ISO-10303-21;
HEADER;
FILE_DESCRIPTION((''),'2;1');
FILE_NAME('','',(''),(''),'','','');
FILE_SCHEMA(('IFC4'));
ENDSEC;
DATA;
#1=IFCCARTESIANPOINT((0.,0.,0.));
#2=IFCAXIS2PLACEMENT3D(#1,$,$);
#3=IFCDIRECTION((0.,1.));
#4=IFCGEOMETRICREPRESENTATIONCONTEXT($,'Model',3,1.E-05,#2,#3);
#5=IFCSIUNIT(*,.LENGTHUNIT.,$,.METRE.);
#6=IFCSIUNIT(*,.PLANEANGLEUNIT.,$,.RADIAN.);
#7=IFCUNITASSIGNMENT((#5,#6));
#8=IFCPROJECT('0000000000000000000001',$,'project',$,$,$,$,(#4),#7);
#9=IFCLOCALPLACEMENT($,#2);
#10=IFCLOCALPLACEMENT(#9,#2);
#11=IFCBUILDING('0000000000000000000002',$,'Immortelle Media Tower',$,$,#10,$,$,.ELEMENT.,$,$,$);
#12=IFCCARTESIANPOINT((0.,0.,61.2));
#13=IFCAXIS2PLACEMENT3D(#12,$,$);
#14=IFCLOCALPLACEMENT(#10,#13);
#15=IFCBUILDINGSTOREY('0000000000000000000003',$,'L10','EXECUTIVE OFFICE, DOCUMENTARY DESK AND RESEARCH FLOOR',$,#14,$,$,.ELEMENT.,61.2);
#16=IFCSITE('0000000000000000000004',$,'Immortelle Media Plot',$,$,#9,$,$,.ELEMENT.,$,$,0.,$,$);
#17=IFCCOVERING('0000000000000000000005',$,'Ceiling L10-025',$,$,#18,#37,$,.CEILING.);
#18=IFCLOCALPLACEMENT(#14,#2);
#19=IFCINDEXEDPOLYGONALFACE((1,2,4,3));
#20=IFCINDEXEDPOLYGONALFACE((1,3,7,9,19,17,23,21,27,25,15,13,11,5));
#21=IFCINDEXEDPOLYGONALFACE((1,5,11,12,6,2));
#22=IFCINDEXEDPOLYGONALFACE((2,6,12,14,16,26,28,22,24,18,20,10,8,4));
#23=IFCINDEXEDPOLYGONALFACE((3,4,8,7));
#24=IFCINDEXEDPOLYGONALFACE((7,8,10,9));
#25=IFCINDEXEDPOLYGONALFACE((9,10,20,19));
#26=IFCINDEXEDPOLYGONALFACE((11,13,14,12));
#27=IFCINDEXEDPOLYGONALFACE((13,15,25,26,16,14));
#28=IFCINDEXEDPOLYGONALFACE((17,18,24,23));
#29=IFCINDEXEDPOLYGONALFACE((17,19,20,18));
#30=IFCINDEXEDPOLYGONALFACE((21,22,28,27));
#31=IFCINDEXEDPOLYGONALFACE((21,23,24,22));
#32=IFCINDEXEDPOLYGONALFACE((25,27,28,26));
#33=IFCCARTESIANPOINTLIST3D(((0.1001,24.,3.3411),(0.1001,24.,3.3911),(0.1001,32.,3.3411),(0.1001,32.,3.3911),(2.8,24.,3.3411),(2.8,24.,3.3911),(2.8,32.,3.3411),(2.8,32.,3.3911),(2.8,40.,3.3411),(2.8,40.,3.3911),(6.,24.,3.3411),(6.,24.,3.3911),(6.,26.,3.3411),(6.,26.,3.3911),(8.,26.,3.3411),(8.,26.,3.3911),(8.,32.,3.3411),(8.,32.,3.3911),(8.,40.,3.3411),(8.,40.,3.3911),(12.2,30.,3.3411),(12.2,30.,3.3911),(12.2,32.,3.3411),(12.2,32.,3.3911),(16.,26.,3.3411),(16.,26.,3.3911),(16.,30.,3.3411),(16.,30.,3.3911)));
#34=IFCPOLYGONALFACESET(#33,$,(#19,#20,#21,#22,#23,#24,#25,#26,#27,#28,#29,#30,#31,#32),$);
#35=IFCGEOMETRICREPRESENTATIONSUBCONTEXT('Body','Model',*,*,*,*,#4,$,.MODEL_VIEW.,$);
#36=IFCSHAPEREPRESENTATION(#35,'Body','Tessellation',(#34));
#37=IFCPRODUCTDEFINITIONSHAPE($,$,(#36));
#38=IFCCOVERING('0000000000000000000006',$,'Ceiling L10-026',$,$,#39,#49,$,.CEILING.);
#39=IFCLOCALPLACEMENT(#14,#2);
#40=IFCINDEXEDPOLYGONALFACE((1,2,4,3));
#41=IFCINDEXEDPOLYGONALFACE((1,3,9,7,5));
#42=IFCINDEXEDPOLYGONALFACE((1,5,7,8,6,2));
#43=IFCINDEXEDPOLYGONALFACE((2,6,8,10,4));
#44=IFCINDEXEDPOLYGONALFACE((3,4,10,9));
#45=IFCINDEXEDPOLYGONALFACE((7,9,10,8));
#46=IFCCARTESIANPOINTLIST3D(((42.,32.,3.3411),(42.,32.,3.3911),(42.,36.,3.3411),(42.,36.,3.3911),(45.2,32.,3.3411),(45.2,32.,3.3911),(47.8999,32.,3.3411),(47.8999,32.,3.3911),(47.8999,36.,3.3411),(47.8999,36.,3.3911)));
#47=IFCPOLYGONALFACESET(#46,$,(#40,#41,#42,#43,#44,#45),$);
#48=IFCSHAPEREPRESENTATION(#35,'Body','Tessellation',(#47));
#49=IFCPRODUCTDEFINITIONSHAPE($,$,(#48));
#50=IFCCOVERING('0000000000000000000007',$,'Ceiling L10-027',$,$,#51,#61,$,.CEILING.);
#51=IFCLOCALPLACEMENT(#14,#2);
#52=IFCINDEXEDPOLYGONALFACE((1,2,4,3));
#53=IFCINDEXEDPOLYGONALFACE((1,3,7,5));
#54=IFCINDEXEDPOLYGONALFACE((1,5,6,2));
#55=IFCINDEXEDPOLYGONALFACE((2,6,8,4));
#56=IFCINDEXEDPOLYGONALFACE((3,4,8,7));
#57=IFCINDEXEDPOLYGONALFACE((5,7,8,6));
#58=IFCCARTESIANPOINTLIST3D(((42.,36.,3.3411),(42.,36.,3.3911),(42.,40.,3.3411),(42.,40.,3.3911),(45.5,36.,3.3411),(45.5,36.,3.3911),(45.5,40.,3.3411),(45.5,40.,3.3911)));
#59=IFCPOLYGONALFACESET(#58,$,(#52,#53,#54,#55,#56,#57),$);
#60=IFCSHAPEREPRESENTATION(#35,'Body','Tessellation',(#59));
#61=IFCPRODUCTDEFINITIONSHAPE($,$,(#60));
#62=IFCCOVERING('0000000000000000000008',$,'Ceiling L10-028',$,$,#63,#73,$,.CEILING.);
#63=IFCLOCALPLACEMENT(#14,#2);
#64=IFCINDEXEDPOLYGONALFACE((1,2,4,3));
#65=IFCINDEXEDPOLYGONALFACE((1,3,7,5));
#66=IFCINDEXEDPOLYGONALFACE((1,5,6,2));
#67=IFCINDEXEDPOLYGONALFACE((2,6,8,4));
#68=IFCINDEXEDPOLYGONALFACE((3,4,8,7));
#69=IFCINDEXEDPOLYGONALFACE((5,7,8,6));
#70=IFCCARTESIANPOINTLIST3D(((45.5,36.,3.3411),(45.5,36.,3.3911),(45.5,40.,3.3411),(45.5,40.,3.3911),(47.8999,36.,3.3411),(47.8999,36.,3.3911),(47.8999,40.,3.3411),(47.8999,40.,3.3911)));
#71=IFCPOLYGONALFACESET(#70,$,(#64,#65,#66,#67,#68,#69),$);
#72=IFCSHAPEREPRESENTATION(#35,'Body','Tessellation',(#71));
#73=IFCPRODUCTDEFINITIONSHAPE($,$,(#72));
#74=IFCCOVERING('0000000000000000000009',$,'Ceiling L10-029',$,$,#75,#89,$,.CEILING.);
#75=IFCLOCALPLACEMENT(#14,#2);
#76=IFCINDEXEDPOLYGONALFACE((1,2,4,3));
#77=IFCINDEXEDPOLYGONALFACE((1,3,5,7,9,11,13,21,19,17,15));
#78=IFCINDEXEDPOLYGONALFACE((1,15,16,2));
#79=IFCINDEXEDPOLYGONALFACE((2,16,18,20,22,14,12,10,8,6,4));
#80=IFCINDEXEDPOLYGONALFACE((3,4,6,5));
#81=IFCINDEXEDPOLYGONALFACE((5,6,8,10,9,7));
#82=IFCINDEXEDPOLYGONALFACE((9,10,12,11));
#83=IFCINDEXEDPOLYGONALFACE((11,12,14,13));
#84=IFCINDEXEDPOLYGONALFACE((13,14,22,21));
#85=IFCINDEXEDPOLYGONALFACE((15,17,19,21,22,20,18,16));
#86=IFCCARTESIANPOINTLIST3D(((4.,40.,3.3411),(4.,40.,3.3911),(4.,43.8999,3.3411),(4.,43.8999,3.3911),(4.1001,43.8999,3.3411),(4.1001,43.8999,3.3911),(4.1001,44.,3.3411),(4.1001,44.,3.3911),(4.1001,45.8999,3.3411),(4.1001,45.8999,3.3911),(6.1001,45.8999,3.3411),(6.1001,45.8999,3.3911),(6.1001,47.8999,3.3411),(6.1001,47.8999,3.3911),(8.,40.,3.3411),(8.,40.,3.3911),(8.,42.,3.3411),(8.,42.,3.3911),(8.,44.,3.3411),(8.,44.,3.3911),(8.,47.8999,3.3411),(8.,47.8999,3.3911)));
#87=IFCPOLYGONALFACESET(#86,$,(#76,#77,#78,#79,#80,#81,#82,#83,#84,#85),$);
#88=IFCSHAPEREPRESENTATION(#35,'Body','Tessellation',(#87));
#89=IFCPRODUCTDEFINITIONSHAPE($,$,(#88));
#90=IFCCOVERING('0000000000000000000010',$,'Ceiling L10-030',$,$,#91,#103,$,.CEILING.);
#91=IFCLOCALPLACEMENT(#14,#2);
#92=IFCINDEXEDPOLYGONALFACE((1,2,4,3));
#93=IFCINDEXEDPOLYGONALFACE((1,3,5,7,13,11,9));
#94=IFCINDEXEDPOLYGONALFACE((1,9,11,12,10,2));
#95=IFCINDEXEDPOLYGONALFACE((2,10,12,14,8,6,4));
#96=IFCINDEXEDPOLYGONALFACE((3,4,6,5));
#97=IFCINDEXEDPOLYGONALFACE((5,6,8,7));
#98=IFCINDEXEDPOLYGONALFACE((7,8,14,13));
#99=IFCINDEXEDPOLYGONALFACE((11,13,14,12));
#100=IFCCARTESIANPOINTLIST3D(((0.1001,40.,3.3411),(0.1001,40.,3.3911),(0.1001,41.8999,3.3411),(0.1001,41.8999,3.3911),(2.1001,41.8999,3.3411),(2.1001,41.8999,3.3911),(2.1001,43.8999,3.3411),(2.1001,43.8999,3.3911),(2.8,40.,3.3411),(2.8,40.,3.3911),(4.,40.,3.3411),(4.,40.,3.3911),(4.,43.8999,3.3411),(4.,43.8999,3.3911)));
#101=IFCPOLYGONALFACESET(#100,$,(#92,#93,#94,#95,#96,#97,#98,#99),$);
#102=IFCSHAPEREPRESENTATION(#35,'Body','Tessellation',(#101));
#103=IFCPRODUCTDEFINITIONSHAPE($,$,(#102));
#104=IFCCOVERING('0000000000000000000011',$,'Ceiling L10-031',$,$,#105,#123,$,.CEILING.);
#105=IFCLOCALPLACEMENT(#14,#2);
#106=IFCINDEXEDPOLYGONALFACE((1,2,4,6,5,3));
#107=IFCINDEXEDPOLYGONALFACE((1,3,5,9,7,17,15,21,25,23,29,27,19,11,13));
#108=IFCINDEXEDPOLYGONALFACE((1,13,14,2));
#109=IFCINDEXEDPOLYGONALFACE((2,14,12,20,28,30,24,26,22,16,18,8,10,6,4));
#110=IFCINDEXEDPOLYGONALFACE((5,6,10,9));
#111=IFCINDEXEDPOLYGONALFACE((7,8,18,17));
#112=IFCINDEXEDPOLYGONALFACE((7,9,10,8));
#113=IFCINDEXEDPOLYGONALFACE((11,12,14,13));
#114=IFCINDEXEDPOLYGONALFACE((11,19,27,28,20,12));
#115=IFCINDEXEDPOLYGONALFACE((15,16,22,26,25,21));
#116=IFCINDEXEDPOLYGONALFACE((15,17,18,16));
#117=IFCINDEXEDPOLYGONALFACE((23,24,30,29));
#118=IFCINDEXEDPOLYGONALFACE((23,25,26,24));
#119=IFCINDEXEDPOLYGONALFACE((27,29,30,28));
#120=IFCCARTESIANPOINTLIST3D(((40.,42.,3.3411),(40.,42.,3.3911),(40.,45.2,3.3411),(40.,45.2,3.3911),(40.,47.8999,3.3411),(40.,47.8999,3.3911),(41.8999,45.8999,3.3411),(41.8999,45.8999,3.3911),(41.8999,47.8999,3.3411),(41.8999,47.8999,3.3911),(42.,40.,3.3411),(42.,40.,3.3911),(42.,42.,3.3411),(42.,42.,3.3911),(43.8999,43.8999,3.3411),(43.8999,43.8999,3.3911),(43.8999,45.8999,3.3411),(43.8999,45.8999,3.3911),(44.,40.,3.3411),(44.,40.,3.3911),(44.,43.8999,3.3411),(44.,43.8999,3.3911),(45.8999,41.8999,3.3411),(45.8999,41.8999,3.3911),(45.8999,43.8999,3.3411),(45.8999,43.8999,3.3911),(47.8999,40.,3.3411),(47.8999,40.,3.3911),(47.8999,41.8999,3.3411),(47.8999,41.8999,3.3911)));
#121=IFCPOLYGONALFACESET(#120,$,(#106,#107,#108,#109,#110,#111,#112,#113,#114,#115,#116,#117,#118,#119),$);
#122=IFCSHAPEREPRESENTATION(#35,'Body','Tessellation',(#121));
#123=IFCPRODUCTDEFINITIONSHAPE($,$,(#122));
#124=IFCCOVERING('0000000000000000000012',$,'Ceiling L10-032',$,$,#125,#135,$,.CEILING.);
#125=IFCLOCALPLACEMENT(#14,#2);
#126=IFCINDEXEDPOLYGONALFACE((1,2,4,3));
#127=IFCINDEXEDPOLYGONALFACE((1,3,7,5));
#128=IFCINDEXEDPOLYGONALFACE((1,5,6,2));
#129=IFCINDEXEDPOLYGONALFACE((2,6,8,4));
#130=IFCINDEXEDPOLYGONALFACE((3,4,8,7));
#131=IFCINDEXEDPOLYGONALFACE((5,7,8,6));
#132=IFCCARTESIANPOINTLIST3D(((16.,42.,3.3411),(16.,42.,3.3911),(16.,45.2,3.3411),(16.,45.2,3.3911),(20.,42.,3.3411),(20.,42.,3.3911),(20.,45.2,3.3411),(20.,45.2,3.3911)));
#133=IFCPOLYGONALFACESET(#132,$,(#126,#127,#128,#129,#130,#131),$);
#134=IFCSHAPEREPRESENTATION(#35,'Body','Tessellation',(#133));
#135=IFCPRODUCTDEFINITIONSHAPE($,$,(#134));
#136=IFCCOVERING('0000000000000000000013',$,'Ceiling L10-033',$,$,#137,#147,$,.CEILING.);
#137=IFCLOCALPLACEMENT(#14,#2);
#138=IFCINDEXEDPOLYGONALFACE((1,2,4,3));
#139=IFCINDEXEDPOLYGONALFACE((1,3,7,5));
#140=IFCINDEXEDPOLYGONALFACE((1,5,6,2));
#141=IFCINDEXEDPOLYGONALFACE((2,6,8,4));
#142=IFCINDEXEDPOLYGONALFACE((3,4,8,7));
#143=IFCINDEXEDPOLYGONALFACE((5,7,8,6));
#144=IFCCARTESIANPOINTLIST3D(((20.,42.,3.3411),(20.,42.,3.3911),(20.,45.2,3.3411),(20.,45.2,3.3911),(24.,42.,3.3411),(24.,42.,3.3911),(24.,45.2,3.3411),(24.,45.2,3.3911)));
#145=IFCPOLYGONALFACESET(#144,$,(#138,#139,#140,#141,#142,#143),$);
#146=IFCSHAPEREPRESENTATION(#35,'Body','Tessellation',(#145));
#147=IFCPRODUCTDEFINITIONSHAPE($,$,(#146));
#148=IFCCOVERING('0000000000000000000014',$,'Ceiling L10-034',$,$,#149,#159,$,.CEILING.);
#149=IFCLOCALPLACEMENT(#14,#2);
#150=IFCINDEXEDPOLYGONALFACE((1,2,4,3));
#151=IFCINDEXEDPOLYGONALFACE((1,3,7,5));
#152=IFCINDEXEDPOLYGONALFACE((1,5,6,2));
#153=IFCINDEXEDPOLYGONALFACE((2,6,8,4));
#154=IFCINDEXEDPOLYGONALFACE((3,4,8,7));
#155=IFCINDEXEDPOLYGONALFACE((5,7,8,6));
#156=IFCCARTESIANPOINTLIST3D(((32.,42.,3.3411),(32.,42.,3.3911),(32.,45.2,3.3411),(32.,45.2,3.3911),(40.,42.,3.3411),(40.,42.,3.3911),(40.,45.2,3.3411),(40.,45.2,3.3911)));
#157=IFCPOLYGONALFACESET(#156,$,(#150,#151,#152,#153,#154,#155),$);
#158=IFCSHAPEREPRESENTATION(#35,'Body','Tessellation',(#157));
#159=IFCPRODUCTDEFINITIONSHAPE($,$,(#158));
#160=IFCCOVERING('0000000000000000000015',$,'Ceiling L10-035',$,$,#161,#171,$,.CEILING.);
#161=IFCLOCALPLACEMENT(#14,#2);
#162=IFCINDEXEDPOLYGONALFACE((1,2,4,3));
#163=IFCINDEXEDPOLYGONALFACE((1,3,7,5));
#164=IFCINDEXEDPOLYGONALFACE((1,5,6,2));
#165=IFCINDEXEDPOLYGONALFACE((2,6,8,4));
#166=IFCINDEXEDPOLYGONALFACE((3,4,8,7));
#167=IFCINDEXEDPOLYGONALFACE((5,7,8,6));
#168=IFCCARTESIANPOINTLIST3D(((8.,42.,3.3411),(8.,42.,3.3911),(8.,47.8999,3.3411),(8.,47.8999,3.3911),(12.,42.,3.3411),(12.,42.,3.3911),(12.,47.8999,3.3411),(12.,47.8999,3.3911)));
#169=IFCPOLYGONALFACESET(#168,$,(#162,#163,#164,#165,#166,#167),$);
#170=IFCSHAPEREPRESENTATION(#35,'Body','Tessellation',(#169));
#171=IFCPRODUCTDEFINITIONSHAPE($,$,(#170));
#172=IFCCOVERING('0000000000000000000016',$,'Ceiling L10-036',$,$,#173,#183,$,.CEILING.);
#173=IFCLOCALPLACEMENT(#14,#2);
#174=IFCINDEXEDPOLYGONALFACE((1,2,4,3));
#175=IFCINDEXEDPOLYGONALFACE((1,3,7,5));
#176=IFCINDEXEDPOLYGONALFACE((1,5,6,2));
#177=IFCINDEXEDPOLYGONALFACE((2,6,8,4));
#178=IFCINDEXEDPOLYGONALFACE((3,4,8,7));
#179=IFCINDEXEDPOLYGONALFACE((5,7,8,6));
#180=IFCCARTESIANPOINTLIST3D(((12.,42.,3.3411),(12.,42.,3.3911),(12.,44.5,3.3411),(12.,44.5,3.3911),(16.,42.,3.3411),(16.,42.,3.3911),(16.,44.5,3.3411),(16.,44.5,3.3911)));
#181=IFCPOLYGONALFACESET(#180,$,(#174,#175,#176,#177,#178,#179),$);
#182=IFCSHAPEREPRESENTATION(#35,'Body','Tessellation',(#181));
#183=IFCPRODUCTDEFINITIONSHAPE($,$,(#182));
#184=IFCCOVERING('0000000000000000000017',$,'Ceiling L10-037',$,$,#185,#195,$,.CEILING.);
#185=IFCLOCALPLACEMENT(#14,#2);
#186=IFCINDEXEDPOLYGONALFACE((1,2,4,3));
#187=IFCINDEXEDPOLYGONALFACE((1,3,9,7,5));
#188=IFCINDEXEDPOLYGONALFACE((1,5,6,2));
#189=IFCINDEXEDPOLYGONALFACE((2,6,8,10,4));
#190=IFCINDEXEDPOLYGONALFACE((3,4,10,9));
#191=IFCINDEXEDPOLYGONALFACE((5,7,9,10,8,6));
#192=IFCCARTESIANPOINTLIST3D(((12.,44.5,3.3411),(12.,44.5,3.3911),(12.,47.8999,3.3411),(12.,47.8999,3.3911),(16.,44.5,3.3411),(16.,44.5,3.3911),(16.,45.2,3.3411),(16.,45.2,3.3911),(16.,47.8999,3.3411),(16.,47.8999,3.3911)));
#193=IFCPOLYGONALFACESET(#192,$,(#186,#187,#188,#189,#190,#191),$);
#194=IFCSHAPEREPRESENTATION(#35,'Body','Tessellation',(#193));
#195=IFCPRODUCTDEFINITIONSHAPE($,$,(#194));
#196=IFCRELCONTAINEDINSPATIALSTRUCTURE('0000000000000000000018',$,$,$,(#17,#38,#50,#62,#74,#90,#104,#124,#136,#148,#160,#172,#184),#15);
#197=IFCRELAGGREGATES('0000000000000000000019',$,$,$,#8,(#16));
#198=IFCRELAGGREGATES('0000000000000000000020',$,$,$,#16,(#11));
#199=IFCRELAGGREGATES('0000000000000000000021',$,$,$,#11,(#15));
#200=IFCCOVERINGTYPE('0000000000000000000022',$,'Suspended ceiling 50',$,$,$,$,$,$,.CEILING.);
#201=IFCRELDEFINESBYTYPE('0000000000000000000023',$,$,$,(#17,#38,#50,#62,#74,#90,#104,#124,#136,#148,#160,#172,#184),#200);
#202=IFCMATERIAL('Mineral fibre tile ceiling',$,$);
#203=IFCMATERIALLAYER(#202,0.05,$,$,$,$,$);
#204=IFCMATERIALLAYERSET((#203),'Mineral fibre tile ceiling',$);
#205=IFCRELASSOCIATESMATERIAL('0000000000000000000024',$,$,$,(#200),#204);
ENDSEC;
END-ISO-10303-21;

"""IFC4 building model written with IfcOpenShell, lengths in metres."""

from ifc_helpers import new_model, si_unit, direction, frame, origin, place, context, subcontext, project, spatial, polyline, outline, extrude, material, layer, layer_set, type_object, element, save


model = new_model("IFC4")

# Units and contexts
model_context = context("Model", 3, precision=1e-05, world=origin(), true_north=direction((0.0, 1.0)))
body_context = subcontext(model_context, "Body", "Model", "MODEL_VIEW")
ifc_project = project(units=[si_unit("LENGTHUNIT", "METRE"), si_unit("PLANEANGLEUNIT", "RADIAN")], contexts=[model_context])

# Site, building, storey
site_placement = place(None, origin())
site = spatial("IfcSite", under=ifc_project, at=site_placement, Name="Immortelle Media Plot", CompositionType="ELEMENT", RefElevation=0.0)
building_placement = place(site_placement, origin())
building = spatial("IfcBuilding", under=site, at=building_placement, Name="Immortelle Media Tower", CompositionType="ELEMENT")
storey_placement = place(building_placement, frame((0.0, 0.0, 61.2)))
storey = spatial("IfcBuildingStorey", under=building, at=storey_placement, Name="L10", Description="EXECUTIVE OFFICE, DOCUMENTARY DESK AND RESEARCH FLOOR", CompositionType="ELEMENT", Elevation=61.2)

# Coverings
ifc_material_1 = material(Name="Mineral fibre tile ceiling")
ifc_layer = layer(ifc_material_1, 0.05)
ifc_layer_set = layer_set([ifc_layer], Name="Mineral fibre tile ceiling")
covering_type = type_object("IfcCoveringType", Name="Suspended ceiling 50", PredefinedType="CEILING", material=ifc_layer_set)
covering_1_placement = place(storey_placement, frame((0.0, 0.0, 3.3411)))
element("IfcCovering", 1, at=covering_1_placement, inside=storey, type_object=covering_type, Name="Ceiling L10-025", PredefinedType="CEILING", context=body_context, shape_type="SweptSolid", body=[
    extrude(outline(polyline([(12.2, 32.0), (12.2, 30.0), (16.0, 30.0), (16.0, 26.0), (8.0, 26.0), (6.0, 26.0), (6.0, 24.0), (2.8, 24.0), (0.1001, 24.0), (0.1001, 32.0), (2.8, 32.0), (2.8, 40.0), (8.0, 40.0), (8.0, 32.0), (12.2, 32.0)])), origin(), (0.0, 0.0, 1.0), 0.05),
])
covering_2_placement = place(storey_placement, frame((0.0, 0.0, 3.3411)))
element("IfcCovering", 2, at=covering_2_placement, inside=storey, type_object=covering_type, Name="Ceiling L10-026", PredefinedType="CEILING", context=body_context, shape_type="SweptSolid", body=[
    extrude(outline(polyline([(42.0, 32.0), (42.0, 36.0), (47.8999, 36.0), (47.8999, 32.0), (45.2, 32.0), (42.0, 32.0)])), origin(), (0.0, 0.0, 1.0), 0.05),
])
covering_3_placement = place(storey_placement, frame((0.0, 0.0, 3.3411)))
element("IfcCovering", 3, at=covering_3_placement, inside=storey, type_object=covering_type, Name="Ceiling L10-027", PredefinedType="CEILING", context=body_context, shape_type="SweptSolid", body=[
    extrude(outline(polyline([(45.5, 40.0), (45.5, 36.0), (42.0, 36.0), (42.0, 40.0), (45.5, 40.0)])), origin(), (0.0, 0.0, 1.0), 0.05),
])
covering_4_placement = place(storey_placement, frame((0.0, 0.0, 3.3411)))
element("IfcCovering", 4, at=covering_4_placement, inside=storey, type_object=covering_type, Name="Ceiling L10-028", PredefinedType="CEILING", context=body_context, shape_type="SweptSolid", body=[
    extrude(outline(polyline([(47.8999, 40.0), (47.8999, 36.0), (45.5, 36.0), (45.5, 40.0), (47.8999, 40.0)])), origin(), (0.0, 0.0, 1.0), 0.05),
])
covering_5_placement = place(storey_placement, frame((0.0, 0.0, 3.3411)))
element("IfcCovering", 5, at=covering_5_placement, inside=storey, type_object=covering_type, Name="Ceiling L10-029", PredefinedType="CEILING", context=body_context, shape_type="SweptSolid", body=[
    extrude(outline(polyline([(4.1001, 43.8999), (4.1001, 44.0), (4.1001, 45.8999), (6.1001, 45.8999), (6.1001, 47.8999), (8.0, 47.8999), (8.0, 44.0), (8.0, 42.0), (8.0, 40.0), (4.0, 40.0), (4.0, 43.8999), (4.1001, 43.8999)])), origin(), (0.0, 0.0, 1.0), 0.05),
])
covering_6_placement = place(storey_placement, frame((0.0, 0.0, 3.3411)))
element("IfcCovering", 6, at=covering_6_placement, inside=storey, type_object=covering_type, Name="Ceiling L10-030", PredefinedType="CEILING", context=body_context, shape_type="SweptSolid", body=[
    extrude(outline(polyline([(2.1001, 41.8999), (2.1001, 43.8999), (4.0, 43.8999), (4.0, 40.0), (2.8, 40.0), (0.1001, 40.0), (0.1001, 41.8999), (2.1001, 41.8999)])), origin(), (0.0, 0.0, 1.0), 0.05),
])
covering_7_placement = place(storey_placement, frame((0.0, 0.0, 3.3411)))
element("IfcCovering", 7, at=covering_7_placement, inside=storey, type_object=covering_type, Name="Ceiling L10-031", PredefinedType="CEILING", context=body_context, shape_type="SweptSolid", body=[
    extrude(outline(polyline([(45.8999, 41.8999), (47.8999, 41.8999), (47.8999, 40.0), (44.0, 40.0), (42.0, 40.0), (42.0, 42.0), (40.0, 42.0), (40.0, 45.2), (40.0, 47.8999), (41.8999, 47.8999), (41.8999, 45.8999), (43.8999, 45.8999), (43.8999, 43.8999), (44.0, 43.8999), (45.8999, 43.8999), (45.8999, 41.8999)])), origin(), (0.0, 0.0, 1.0), 0.05),
])
covering_8_placement = place(storey_placement, frame((0.0, 0.0, 3.3411)))
element("IfcCovering", 8, at=covering_8_placement, inside=storey, type_object=covering_type, Name="Ceiling L10-032", PredefinedType="CEILING", context=body_context, shape_type="SweptSolid", body=[
    extrude(outline(polyline([(16.0, 45.2), (20.0, 45.2), (20.0, 42.0), (16.0, 42.0), (16.0, 45.2)])), origin(), (0.0, 0.0, 1.0), 0.05),
])
covering_9_placement = place(storey_placement, frame((0.0, 0.0, 3.3411)))
element("IfcCovering", 9, at=covering_9_placement, inside=storey, type_object=covering_type, Name="Ceiling L10-033", PredefinedType="CEILING", context=body_context, shape_type="SweptSolid", body=[
    extrude(outline(polyline([(24.0, 45.2), (24.0, 42.0), (20.0, 42.0), (20.0, 45.2), (24.0, 45.2)])), origin(), (0.0, 0.0, 1.0), 0.05),
])
covering_10_placement = place(storey_placement, frame((0.0, 0.0, 3.3411)))
element("IfcCovering", 10, at=covering_10_placement, inside=storey, type_object=covering_type, Name="Ceiling L10-034", PredefinedType="CEILING", context=body_context, shape_type="SweptSolid", body=[
    extrude(outline(polyline([(32.0, 42.0), (32.0, 45.2), (40.0, 45.2), (40.0, 42.0), (32.0, 42.0)])), origin(), (0.0, 0.0, 1.0), 0.05),
])
covering_11_placement = place(storey_placement, frame((0.0, 0.0, 3.3411)))
element("IfcCovering", 11, at=covering_11_placement, inside=storey, type_object=covering_type, Name="Ceiling L10-035", PredefinedType="CEILING", context=body_context, shape_type="SweptSolid", body=[
    extrude(outline(polyline([(8.0, 47.8999), (12.0, 47.8999), (12.0, 42.0), (8.0, 42.0), (8.0, 47.8999)])), origin(), (0.0, 0.0, 1.0), 0.05),
])
covering_12_placement = place(storey_placement, frame((0.0, 0.0, 3.3411)))
element("IfcCovering", 12, at=covering_12_placement, inside=storey, type_object=covering_type, Name="Ceiling L10-036", PredefinedType="CEILING", context=body_context, shape_type="SweptSolid", body=[
    extrude(outline(polyline([(16.0, 42.0), (12.0, 42.0), (12.0, 44.5), (16.0, 44.5), (16.0, 42.0)])), origin(), (0.0, 0.0, 1.0), 0.05),
])
covering_13_placement = place(storey_placement, frame((0.0, 0.0, 3.3411)))
element("IfcCovering", 13, at=covering_13_placement, inside=storey, type_object=covering_type, Name="Ceiling L10-037", PredefinedType="CEILING", context=body_context, shape_type="SweptSolid", body=[
    extrude(outline(polyline([(16.0, 45.2), (16.0, 44.5), (12.0, 44.5), (12.0, 47.8999), (16.0, 47.8999), (16.0, 45.2)])), origin(), (0.0, 0.0, 1.0), 0.05),
])

save(model, "model.ifc")
